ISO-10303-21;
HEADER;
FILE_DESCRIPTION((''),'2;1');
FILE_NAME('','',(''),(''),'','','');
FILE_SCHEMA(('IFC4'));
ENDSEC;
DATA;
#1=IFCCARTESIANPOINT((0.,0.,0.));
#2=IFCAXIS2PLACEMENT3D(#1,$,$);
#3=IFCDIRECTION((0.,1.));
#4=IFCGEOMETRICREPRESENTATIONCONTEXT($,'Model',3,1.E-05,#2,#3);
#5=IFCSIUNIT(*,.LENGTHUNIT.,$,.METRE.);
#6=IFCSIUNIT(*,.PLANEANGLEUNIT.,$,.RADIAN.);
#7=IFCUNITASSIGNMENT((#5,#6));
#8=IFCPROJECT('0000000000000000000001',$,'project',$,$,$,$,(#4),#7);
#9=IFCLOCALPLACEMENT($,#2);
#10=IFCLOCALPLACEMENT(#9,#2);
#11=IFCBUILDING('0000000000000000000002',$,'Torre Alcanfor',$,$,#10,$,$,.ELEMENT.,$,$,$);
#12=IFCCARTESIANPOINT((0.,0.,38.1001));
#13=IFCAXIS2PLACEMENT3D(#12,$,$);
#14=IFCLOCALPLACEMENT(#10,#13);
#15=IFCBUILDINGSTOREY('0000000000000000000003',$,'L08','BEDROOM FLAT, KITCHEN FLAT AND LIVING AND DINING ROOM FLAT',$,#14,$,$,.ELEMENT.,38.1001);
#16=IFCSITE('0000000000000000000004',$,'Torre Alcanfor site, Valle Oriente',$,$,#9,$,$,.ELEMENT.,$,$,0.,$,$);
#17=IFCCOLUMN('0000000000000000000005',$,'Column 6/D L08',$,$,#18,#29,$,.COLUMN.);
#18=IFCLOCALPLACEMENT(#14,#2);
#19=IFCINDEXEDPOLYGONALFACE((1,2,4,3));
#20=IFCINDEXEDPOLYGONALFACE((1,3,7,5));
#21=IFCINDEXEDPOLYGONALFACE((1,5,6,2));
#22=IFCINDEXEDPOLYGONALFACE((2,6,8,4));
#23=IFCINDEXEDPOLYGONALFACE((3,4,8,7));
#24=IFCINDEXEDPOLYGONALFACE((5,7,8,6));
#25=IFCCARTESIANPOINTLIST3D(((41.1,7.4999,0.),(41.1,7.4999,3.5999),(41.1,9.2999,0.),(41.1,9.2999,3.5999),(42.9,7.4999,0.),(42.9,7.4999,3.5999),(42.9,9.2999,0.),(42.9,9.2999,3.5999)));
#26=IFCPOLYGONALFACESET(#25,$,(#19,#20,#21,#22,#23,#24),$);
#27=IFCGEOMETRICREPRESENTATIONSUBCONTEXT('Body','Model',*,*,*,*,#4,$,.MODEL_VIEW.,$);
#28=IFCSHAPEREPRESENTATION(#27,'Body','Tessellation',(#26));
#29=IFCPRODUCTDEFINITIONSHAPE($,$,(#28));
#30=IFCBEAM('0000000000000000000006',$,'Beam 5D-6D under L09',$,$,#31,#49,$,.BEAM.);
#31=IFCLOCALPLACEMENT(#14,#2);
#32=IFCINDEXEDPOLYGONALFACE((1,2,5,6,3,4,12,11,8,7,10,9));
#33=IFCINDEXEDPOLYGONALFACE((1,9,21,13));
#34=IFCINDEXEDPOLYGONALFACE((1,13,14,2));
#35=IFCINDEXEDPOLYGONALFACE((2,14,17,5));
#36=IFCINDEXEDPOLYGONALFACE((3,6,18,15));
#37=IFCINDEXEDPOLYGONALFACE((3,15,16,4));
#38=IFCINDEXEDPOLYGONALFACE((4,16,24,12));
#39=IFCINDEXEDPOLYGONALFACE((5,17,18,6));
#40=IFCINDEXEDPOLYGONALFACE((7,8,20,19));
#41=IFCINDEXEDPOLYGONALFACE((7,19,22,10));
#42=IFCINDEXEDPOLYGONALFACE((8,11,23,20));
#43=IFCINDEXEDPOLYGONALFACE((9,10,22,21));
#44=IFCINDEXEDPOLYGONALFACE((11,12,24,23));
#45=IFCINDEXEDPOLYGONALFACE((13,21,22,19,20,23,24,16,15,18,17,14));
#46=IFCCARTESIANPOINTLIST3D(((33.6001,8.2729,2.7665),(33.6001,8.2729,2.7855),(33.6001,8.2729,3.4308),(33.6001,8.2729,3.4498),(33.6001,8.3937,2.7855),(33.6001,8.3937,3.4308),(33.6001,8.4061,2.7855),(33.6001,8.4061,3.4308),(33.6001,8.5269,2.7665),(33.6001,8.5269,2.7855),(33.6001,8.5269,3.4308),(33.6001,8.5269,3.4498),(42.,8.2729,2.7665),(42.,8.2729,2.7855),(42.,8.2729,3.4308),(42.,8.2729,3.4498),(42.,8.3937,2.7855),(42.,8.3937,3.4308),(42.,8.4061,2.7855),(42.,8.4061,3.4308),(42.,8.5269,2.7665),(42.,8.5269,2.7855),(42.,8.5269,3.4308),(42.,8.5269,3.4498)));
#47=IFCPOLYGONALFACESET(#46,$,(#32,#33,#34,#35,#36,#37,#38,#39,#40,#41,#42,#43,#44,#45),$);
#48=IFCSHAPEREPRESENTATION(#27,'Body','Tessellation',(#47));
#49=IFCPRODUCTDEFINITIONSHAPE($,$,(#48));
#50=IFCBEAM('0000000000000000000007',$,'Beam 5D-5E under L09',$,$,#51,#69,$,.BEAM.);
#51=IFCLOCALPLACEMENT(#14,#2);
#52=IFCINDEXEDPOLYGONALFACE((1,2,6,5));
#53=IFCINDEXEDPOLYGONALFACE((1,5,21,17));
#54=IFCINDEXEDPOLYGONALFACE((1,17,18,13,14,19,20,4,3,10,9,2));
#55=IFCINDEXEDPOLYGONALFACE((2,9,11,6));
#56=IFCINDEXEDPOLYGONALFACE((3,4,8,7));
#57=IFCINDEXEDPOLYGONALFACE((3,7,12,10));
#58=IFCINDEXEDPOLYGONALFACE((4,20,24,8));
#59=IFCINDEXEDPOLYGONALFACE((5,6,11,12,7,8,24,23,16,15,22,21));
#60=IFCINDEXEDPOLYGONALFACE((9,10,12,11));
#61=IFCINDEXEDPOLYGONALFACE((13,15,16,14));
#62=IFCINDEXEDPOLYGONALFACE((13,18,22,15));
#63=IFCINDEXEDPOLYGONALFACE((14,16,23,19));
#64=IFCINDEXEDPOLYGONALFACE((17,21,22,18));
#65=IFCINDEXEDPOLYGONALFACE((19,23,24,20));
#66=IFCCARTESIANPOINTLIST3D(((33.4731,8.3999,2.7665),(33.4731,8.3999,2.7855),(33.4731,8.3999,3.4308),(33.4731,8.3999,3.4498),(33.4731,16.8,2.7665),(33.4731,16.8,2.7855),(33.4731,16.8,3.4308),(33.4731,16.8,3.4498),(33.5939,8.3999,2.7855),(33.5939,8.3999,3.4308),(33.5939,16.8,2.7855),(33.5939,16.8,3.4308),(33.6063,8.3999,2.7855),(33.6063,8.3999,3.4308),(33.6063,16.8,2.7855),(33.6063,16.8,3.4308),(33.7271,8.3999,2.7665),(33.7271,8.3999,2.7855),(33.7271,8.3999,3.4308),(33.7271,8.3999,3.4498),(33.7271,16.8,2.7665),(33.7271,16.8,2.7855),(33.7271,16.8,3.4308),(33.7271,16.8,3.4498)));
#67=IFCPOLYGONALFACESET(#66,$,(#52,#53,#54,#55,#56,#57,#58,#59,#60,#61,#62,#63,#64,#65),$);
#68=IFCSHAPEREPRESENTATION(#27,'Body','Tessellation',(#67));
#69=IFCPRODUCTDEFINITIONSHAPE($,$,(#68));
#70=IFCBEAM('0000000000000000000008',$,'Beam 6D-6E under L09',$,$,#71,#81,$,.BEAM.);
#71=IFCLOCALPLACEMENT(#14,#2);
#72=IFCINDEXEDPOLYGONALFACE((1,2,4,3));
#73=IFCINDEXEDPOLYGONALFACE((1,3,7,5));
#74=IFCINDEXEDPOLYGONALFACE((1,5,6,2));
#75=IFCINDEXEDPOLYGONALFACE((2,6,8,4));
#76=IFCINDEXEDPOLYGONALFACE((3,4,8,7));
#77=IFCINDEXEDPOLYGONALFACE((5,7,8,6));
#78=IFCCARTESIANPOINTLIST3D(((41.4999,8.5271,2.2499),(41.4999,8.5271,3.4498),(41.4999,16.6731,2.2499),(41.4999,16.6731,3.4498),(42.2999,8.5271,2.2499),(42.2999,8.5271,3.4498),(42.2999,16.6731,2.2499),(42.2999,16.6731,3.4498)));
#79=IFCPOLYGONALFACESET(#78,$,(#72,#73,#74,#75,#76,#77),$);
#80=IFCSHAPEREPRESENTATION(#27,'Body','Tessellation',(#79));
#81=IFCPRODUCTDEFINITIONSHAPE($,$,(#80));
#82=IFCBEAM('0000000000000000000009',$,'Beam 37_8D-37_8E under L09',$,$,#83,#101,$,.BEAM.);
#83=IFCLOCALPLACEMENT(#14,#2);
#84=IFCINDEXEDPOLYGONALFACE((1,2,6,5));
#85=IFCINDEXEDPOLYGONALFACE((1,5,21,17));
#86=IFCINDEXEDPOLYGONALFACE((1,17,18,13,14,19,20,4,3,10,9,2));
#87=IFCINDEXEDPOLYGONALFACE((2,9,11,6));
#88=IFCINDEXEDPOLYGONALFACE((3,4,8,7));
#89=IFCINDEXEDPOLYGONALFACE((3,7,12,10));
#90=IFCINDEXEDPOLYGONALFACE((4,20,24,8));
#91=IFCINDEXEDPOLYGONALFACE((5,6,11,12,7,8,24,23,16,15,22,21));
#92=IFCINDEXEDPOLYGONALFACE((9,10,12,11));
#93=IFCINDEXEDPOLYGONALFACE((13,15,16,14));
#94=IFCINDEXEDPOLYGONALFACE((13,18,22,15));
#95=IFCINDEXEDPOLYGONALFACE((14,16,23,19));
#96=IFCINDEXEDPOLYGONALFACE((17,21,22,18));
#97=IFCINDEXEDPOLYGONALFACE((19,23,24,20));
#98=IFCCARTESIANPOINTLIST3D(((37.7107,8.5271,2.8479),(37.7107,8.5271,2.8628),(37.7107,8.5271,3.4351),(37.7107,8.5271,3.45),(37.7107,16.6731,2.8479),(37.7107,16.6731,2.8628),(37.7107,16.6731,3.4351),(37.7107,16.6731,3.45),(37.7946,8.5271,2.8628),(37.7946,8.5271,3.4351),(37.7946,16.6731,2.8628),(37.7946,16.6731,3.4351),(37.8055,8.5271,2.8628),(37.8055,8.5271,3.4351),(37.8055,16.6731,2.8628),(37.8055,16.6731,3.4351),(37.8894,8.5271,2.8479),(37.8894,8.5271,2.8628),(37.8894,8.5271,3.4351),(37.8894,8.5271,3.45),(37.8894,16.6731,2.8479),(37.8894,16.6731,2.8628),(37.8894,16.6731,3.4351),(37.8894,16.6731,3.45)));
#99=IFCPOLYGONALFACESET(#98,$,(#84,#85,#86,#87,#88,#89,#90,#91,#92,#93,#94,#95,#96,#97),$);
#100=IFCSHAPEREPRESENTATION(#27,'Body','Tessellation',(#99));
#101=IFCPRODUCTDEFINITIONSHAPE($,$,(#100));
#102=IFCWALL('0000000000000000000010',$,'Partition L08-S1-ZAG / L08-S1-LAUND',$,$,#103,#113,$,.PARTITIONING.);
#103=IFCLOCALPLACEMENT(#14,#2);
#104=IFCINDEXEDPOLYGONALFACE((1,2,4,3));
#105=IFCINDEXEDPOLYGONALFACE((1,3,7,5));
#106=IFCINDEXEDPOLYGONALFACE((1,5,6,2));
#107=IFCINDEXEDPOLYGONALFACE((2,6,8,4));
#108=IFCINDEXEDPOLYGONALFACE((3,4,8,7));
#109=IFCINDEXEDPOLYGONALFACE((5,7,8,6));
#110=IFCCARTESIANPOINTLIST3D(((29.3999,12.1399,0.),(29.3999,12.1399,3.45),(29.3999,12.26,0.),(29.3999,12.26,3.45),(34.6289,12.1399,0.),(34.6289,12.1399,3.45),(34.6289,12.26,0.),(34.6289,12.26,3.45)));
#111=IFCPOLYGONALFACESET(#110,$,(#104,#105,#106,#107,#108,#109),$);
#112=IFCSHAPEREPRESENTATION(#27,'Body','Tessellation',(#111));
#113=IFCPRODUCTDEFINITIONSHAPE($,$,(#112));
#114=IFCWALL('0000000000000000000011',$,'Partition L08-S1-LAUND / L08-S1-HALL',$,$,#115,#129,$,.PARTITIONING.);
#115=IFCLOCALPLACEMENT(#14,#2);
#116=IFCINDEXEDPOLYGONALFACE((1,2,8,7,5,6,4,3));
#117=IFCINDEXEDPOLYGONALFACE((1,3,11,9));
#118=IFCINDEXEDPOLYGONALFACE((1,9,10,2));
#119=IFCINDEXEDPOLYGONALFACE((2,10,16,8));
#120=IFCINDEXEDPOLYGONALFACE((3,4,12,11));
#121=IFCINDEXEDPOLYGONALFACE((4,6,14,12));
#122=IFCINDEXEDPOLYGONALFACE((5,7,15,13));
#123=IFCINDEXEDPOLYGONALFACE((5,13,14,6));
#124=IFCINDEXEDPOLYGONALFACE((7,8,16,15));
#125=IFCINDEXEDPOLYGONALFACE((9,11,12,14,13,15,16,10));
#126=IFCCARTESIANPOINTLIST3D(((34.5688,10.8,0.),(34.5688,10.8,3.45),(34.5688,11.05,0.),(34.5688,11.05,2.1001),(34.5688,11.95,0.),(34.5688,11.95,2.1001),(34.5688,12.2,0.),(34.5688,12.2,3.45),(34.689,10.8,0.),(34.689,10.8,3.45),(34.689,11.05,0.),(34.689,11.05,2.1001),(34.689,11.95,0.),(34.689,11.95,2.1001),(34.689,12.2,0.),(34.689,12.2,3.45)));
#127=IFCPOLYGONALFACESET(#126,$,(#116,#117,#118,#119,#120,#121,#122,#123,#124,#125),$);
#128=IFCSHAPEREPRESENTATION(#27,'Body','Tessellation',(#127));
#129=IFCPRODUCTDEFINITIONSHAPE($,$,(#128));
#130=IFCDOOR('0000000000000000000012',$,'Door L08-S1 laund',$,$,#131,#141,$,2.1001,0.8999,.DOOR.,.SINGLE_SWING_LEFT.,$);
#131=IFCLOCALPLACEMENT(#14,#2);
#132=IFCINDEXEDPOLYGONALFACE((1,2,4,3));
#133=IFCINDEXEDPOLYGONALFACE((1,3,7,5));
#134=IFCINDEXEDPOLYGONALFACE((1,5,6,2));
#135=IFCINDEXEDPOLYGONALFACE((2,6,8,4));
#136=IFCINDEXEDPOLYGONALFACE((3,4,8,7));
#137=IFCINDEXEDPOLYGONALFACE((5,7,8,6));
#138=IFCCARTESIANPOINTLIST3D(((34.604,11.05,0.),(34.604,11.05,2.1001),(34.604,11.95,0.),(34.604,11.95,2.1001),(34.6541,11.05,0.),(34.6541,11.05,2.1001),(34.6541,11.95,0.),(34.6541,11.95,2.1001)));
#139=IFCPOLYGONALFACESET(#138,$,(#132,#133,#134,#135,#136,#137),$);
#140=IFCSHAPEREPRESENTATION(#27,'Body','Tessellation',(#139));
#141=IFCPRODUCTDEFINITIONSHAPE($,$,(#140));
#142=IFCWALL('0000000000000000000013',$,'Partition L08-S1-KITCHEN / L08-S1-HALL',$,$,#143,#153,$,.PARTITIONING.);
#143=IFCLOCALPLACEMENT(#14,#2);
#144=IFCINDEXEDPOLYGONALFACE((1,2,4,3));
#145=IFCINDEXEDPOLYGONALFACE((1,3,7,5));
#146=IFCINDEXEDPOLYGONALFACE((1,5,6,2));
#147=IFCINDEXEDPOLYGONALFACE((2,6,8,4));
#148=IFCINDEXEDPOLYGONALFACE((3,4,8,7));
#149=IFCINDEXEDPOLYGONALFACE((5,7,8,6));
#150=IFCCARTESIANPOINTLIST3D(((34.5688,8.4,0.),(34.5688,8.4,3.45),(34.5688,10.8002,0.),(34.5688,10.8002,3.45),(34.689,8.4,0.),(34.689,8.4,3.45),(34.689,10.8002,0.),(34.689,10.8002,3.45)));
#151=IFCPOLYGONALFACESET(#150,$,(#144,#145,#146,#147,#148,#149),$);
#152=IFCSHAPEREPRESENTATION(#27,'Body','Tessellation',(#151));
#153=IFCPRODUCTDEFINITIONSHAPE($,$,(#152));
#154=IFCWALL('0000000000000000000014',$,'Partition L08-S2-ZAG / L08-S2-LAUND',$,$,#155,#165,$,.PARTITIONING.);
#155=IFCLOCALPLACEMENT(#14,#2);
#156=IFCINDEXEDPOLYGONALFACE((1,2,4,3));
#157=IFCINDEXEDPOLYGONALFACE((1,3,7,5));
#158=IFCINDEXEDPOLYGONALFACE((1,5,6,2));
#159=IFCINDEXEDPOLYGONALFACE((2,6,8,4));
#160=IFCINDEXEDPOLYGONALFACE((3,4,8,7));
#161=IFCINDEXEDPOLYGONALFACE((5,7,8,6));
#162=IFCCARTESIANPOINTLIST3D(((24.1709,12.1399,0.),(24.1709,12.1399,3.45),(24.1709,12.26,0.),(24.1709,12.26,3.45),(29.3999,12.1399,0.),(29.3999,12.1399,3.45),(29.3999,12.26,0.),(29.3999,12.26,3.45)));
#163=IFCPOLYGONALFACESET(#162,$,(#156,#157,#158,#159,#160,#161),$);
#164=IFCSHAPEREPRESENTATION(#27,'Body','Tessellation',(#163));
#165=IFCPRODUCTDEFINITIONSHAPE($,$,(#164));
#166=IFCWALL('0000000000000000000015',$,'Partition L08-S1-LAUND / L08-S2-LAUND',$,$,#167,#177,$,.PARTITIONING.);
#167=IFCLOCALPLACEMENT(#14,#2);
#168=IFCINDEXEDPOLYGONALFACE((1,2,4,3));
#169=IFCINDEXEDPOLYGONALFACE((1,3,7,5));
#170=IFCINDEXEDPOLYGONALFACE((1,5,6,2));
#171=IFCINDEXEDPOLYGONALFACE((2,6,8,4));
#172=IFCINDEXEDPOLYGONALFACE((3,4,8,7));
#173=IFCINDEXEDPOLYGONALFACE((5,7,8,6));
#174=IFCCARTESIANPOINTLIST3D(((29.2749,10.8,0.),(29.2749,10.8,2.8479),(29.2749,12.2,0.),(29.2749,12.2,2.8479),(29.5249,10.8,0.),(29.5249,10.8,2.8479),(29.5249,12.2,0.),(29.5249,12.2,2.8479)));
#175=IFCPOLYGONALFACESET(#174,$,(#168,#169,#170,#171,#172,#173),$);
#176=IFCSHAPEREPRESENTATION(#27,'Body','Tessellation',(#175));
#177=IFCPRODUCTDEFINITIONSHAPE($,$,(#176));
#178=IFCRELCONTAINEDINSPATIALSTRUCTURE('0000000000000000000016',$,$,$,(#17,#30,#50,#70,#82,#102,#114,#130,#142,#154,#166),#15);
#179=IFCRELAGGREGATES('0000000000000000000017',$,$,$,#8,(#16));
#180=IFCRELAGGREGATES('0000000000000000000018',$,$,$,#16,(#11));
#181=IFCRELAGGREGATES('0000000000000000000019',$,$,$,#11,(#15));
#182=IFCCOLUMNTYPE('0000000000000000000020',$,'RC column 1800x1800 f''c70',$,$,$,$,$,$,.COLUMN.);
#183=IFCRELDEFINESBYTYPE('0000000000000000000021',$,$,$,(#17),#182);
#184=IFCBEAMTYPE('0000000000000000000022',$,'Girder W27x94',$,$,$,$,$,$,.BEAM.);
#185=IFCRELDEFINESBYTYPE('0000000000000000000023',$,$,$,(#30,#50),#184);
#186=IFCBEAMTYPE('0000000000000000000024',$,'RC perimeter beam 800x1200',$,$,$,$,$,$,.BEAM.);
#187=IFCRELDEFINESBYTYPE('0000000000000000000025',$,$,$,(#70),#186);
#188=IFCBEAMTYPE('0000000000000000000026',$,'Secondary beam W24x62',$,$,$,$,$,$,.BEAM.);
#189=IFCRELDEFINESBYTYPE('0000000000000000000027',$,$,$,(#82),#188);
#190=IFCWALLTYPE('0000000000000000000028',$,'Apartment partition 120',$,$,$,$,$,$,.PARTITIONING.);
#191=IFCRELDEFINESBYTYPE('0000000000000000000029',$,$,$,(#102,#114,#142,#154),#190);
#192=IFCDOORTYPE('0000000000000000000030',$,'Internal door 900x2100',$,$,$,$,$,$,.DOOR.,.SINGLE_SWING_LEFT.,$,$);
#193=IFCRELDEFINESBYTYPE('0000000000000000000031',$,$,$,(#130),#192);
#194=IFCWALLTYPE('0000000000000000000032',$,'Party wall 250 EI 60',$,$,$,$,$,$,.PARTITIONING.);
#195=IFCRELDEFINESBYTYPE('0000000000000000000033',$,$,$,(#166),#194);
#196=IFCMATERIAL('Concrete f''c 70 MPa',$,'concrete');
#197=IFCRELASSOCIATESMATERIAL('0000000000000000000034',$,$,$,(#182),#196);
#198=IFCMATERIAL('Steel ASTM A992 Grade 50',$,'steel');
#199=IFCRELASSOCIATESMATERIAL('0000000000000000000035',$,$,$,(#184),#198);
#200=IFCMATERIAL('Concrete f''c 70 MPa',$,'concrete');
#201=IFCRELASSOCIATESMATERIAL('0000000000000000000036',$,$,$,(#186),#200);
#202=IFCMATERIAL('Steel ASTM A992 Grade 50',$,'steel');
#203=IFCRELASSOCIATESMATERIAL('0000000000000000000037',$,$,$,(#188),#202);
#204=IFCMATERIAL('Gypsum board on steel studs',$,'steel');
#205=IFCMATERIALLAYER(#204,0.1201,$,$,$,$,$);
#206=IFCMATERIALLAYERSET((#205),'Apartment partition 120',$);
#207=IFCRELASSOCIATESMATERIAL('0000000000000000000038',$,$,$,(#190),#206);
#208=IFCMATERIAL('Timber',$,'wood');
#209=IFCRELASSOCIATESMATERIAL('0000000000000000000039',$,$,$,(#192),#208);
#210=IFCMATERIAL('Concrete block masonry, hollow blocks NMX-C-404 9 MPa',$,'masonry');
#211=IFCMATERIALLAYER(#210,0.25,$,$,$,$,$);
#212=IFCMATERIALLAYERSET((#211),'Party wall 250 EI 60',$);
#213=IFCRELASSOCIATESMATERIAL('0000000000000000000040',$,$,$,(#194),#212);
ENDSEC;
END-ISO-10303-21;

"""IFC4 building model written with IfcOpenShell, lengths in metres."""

from ifc_helpers import new_model, si_unit, direction, frame, frame_2d, origin, origin_2d, place, context, subcontext, project, spatial, rectangle, i_section, extrude, material, layer, layer_set, material_profile, profile_set, type_object, element, fill, save


model = new_model("IFC4")

# Units and contexts
model_context = context("Model", 3, precision=1e-05, world=origin(), true_north=direction((0.0, 1.0)))
body_context = subcontext(model_context, "Body", "Model", "MODEL_VIEW")
ifc_project = project(units=[si_unit("LENGTHUNIT", "METRE"), si_unit("PLANEANGLEUNIT", "RADIAN")], contexts=[model_context])

# Site, building, storey
site_placement = place(None, origin())
site = spatial("IfcSite", under=ifc_project, at=site_placement, Name="Torre Alcanfor site, Valle Oriente", CompositionType="ELEMENT", RefElevation=0.0)
building_placement = place(site_placement, origin())
building = spatial("IfcBuilding", under=site, at=building_placement, Name="Torre Alcanfor", CompositionType="ELEMENT")
storey_placement = place(building_placement, frame((0.0, 0.0, 38.1001)))
storey = spatial("IfcBuildingStorey", under=building, at=storey_placement, Name="L08", Description="BEDROOM FLAT, KITCHEN FLAT AND LIVING AND DINING ROOM FLAT", CompositionType="ELEMENT", Elevation=38.1001)

# Column
ifc_material_1 = material(Name="Concrete f'c 70 MPa", Category="concrete")
ifc_material_profile_1 = material_profile(ifc_material_1, rectangle(XDim=1.8, YDim=1.8, at=origin_2d()), Name="1800x1800")
ifc_profile_set_1 = profile_set([ifc_material_profile_1], Name="Concrete f'c 70 MPa")
column_type = type_object("IfcColumnType", Name="RC column 1800x1800 f'c70", PredefinedType="COLUMN", material=ifc_profile_set_1)
column_placement = place(storey_placement, frame((42.0, 8.3999, 0.0), z_axis=(0.0, 0.0, 1.0), x_axis=(1.0, 0.0, 0.0)))
element("IfcColumn", 1, at=column_placement, inside=storey, type_object=column_type, Name="Column 6/D L08", PredefinedType="COLUMN", context=body_context, shape_type="SweptSolid", body=[
    extrude(rectangle(XDim=1.8, YDim=1.8, at=origin_2d()), origin(), (0.0, 0.0, 1.0), 3.5999),
])

# Beams
ifc_material_2 = material(Name="Steel ASTM A992 Grade 50", Category="steel")
ifc_material_profile_2 = material_profile(ifc_material_2, i_section(OverallWidth=0.2539, OverallDepth=0.6833, WebThickness=0.0125, FlangeThickness=0.019, at=origin_2d()), Name="W27x94")
ifc_profile_set_2 = profile_set([ifc_material_profile_2], Name="Steel ASTM A992 Grade 50")
beam_type_1 = type_object("IfcBeamType", Name="Girder W27x94", PredefinedType="BEAM", material=ifc_profile_set_2)
beam_1_placement = place(storey_placement, frame((33.6001, 8.3999, 3.1082), z_axis=(1.0, 0.0, 0.0), x_axis=(0.0, 1.0, 0.0)))
element("IfcBeam", 2, at=beam_1_placement, inside=storey, type_object=beam_type_1, Name="Beam 5D-6D under L09", PredefinedType="BEAM", context=body_context, shape_type="SweptSolid", body=[
    extrude(i_section(OverallWidth=0.2539, OverallDepth=0.6833, WebThickness=0.0125, FlangeThickness=0.019, at=origin_2d()), origin(), (0.0, 0.0, 1.0), 8.3999),
])
beam_2_placement = place(storey_placement, frame((33.6001, 8.3999, 3.1082), z_axis=(0.0, 1.0, 0.0), x_axis=(-1.0, 0.0, 0.0)))
element("IfcBeam", 3, at=beam_2_placement, inside=storey, type_object=beam_type_1, Name="Beam 5D-5E under L09", PredefinedType="BEAM", context=body_context, shape_type="SweptSolid", body=[
    extrude(i_section(OverallWidth=0.2539, OverallDepth=0.6833, WebThickness=0.0125, FlangeThickness=0.019, at=origin_2d()), origin(), (0.0, 0.0, 1.0), 8.4001),
])
ifc_material_3 = material(Name="Concrete f'c 70 MPa", Category="concrete")
ifc_material_profile_3 = material_profile(ifc_material_3, rectangle(XDim=0.8, YDim=1.2, at=origin_2d()), Name="800x1200")
ifc_profile_set_3 = profile_set([ifc_material_profile_3], Name="Concrete f'c 70 MPa")
beam_type_2 = type_object("IfcBeamType", Name="RC perimeter beam 800x1200", PredefinedType="BEAM", material=ifc_profile_set_3)
beam_3_placement = place(storey_placement, frame((41.8999, 8.5271, 2.8499), z_axis=(0.0, 1.0, 0.0), x_axis=(-1.0, 0.0, 0.0)))
element("IfcBeam", 4, at=beam_3_placement, inside=storey, type_object=beam_type_2, Name="Beam 6D-6E under L09", PredefinedType="BEAM", context=body_context, shape_type="SweptSolid", body=[
    extrude(rectangle(XDim=0.8, YDim=1.2, at=origin_2d()), origin(), (0.0, 0.0, 1.0), 8.146),
])
ifc_material_4 = material(Name="Steel ASTM A992 Grade 50", Category="steel")
ifc_material_profile_4 = material_profile(ifc_material_4, i_section(OverallWidth=0.1787, OverallDepth=0.6021, WebThickness=0.011, FlangeThickness=0.0149, at=origin_2d()), Name="W24x62")
ifc_profile_set_4 = profile_set([ifc_material_profile_4], Name="Steel ASTM A992 Grade 50")
beam_type_3 = type_object("IfcBeamType", Name="Secondary beam W24x62", PredefinedType="BEAM", material=ifc_profile_set_4)
beam_4_placement = place(storey_placement, frame((37.8, 8.5271, 3.1489), z_axis=(0.0, 1.0, 0.0), x_axis=(-1.0, 0.0, 0.0)))
element("IfcBeam", 5, at=beam_4_placement, inside=storey, type_object=beam_type_3, Name="Beam 37_8D-37_8E under L09", PredefinedType="BEAM", context=body_context, shape_type="SweptSolid", body=[
    extrude(i_section(OverallWidth=0.1787, OverallDepth=0.6021, WebThickness=0.011, FlangeThickness=0.0149, at=origin_2d()), origin(), (0.0, 0.0, 1.0), 8.146),
])

# Wall
ifc_material_5 = material(Name="Gypsum board on steel studs", Category="steel")
ifc_layer_1 = layer(ifc_material_5, 0.1201)
ifc_layer_set_1 = layer_set([ifc_layer_1], Name="Apartment partition 120")
wall_type_1 = type_object("IfcWallType", Name="Apartment partition 120", PredefinedType="PARTITIONING", material=ifc_layer_set_1)
wall_1_placement = place(storey_placement, frame((29.3999, 12.2, 0.0), z_axis=(0.0, 0.0, 1.0), x_axis=(1.0, 0.0, 0.0)))
element("IfcWall", 6, at=wall_1_placement, inside=storey, type_object=wall_type_1, Name="Partition L08-S1-ZAG / L08-S1-LAUND", PredefinedType="PARTITIONING", context=body_context, shape_type="SweptSolid", body=[
    extrude(rectangle(XDim=5.229, YDim=0.1201, at=frame_2d((2.6145, 0.0))), origin(), (0.0, 0.0, 1.0), 3.45),
])

# Wall, opening, door
wall_2_placement = place(storey_placement, frame((34.6289, 10.8, 0.0), z_axis=(0.0, 0.0, 1.0), x_axis=(0.0, 1.0, 0.0)))
wall_2 = element("IfcWall", 7, at=wall_2_placement, inside=storey, type_object=wall_type_1, Name="Partition L08-S1-LAUND / L08-S1-HALL", PredefinedType="PARTITIONING", context=body_context, shape_type="SweptSolid", body=[
    extrude(rectangle(XDim=1.3999, YDim=0.1201, at=frame_2d((0.7, 0.0))), origin(), (0.0, 0.0, 1.0), 3.45),
])
opening_1_placement = place(wall_2_placement, frame((0.25, 0.0, 0.0)))
opening_1 = element("IfcOpeningElement", 8, at=opening_1_placement, cuts=wall_2, PredefinedType="OPENING", context=body_context, shape_type="SweptSolid", body=[
    extrude(rectangle(XDim=0.8999, YDim=2.1001, at=frame_2d((0.45, 1.05))), frame((0.0, 0.0701, 0.0), z_axis=(0.0, -1.0, 0.0), x_axis=(1.0, 0.0, 0.0)), (0.0, 0.0, 1.0), 0.1401),
])
ifc_material_6 = material(Name="Timber", Category="wood")
door_type_1 = type_object("IfcDoorType", Name="Internal door 900x2100", OperationType="SINGLE_SWING_LEFT", PredefinedType="DOOR", material=ifc_material_6)
door_1_placement = place(opening_1_placement, origin())
door_1 = element("IfcDoor", 9, at=door_1_placement, inside=storey, type_object=door_type_1, Name="Door L08-S1 laund", OperationType="SINGLE_SWING_LEFT", OverallHeight=2.1001, OverallWidth=0.8999, PredefinedType="DOOR", context=body_context, shape_type="SweptSolid", body=[
    extrude(rectangle(XDim=0.8999, YDim=2.1001, at=frame_2d((0.45, 1.05))), frame((0.0, 0.0249, 0.0), z_axis=(0.0, -1.0, 0.0), x_axis=(1.0, 0.0, 0.0)), (0.0, 0.0, 1.0), 0.05),
])
fill(opening_1, door_1)

# Walls
wall_3_placement = place(storey_placement, frame((34.6289, 8.3999, 0.0), z_axis=(0.0, 0.0, 1.0), x_axis=(0.0, 1.0, 0.0)))
element("IfcWall", 10, at=wall_3_placement, inside=storey, type_object=wall_type_1, Name="Partition L08-S1-KITCHEN / L08-S1-HALL", PredefinedType="PARTITIONING", context=body_context, shape_type="SweptSolid", body=[
    extrude(rectangle(XDim=2.4001, YDim=0.1201, at=frame_2d((1.2002, 0.0))), origin(), (0.0, 0.0, 1.0), 3.45),
])
wall_4_placement = place(storey_placement, frame((29.3999, 12.2, 0.0), z_axis=(0.0, 0.0, 1.0), x_axis=(-1.0, 0.0, 0.0)))
element("IfcWall", 11, at=wall_4_placement, inside=storey, type_object=wall_type_1, Name="Partition L08-S2-ZAG / L08-S2-LAUND", PredefinedType="PARTITIONING", context=body_context, shape_type="SweptSolid", body=[
    extrude(rectangle(XDim=5.229, YDim=0.1201, at=frame_2d((2.6145, 0.0))), origin(), (0.0, 0.0, 1.0), 3.45),
])
ifc_material_7 = material(Name="Concrete block masonry, hollow blocks NMX-C-404 9 MPa", Category="masonry")
ifc_layer_2 = layer(ifc_material_7, 0.25)
ifc_layer_set_2 = layer_set([ifc_layer_2], Name="Party wall 250 EI 60")
wall_type_2 = type_object("IfcWallType", Name="Party wall 250 EI 60", PredefinedType="PARTITIONING", material=ifc_layer_set_2)
wall_5_placement = place(storey_placement, frame((29.3999, 12.2, 0.0), z_axis=(0.0, 0.0, 1.0), x_axis=(0.0, -1.0, 0.0)))
element("IfcWall", 12, at=wall_5_placement, inside=storey, type_object=wall_type_2, Name="Partition L08-S1-LAUND / L08-S2-LAUND", PredefinedType="PARTITIONING", context=body_context, shape_type="SweptSolid", body=[
    extrude(rectangle(XDim=1.3999, YDim=0.25, at=frame_2d((0.7, 0.0))), origin(), (0.0, 0.0, 1.0), 2.8479),
])

save(model, "model.ifc")
